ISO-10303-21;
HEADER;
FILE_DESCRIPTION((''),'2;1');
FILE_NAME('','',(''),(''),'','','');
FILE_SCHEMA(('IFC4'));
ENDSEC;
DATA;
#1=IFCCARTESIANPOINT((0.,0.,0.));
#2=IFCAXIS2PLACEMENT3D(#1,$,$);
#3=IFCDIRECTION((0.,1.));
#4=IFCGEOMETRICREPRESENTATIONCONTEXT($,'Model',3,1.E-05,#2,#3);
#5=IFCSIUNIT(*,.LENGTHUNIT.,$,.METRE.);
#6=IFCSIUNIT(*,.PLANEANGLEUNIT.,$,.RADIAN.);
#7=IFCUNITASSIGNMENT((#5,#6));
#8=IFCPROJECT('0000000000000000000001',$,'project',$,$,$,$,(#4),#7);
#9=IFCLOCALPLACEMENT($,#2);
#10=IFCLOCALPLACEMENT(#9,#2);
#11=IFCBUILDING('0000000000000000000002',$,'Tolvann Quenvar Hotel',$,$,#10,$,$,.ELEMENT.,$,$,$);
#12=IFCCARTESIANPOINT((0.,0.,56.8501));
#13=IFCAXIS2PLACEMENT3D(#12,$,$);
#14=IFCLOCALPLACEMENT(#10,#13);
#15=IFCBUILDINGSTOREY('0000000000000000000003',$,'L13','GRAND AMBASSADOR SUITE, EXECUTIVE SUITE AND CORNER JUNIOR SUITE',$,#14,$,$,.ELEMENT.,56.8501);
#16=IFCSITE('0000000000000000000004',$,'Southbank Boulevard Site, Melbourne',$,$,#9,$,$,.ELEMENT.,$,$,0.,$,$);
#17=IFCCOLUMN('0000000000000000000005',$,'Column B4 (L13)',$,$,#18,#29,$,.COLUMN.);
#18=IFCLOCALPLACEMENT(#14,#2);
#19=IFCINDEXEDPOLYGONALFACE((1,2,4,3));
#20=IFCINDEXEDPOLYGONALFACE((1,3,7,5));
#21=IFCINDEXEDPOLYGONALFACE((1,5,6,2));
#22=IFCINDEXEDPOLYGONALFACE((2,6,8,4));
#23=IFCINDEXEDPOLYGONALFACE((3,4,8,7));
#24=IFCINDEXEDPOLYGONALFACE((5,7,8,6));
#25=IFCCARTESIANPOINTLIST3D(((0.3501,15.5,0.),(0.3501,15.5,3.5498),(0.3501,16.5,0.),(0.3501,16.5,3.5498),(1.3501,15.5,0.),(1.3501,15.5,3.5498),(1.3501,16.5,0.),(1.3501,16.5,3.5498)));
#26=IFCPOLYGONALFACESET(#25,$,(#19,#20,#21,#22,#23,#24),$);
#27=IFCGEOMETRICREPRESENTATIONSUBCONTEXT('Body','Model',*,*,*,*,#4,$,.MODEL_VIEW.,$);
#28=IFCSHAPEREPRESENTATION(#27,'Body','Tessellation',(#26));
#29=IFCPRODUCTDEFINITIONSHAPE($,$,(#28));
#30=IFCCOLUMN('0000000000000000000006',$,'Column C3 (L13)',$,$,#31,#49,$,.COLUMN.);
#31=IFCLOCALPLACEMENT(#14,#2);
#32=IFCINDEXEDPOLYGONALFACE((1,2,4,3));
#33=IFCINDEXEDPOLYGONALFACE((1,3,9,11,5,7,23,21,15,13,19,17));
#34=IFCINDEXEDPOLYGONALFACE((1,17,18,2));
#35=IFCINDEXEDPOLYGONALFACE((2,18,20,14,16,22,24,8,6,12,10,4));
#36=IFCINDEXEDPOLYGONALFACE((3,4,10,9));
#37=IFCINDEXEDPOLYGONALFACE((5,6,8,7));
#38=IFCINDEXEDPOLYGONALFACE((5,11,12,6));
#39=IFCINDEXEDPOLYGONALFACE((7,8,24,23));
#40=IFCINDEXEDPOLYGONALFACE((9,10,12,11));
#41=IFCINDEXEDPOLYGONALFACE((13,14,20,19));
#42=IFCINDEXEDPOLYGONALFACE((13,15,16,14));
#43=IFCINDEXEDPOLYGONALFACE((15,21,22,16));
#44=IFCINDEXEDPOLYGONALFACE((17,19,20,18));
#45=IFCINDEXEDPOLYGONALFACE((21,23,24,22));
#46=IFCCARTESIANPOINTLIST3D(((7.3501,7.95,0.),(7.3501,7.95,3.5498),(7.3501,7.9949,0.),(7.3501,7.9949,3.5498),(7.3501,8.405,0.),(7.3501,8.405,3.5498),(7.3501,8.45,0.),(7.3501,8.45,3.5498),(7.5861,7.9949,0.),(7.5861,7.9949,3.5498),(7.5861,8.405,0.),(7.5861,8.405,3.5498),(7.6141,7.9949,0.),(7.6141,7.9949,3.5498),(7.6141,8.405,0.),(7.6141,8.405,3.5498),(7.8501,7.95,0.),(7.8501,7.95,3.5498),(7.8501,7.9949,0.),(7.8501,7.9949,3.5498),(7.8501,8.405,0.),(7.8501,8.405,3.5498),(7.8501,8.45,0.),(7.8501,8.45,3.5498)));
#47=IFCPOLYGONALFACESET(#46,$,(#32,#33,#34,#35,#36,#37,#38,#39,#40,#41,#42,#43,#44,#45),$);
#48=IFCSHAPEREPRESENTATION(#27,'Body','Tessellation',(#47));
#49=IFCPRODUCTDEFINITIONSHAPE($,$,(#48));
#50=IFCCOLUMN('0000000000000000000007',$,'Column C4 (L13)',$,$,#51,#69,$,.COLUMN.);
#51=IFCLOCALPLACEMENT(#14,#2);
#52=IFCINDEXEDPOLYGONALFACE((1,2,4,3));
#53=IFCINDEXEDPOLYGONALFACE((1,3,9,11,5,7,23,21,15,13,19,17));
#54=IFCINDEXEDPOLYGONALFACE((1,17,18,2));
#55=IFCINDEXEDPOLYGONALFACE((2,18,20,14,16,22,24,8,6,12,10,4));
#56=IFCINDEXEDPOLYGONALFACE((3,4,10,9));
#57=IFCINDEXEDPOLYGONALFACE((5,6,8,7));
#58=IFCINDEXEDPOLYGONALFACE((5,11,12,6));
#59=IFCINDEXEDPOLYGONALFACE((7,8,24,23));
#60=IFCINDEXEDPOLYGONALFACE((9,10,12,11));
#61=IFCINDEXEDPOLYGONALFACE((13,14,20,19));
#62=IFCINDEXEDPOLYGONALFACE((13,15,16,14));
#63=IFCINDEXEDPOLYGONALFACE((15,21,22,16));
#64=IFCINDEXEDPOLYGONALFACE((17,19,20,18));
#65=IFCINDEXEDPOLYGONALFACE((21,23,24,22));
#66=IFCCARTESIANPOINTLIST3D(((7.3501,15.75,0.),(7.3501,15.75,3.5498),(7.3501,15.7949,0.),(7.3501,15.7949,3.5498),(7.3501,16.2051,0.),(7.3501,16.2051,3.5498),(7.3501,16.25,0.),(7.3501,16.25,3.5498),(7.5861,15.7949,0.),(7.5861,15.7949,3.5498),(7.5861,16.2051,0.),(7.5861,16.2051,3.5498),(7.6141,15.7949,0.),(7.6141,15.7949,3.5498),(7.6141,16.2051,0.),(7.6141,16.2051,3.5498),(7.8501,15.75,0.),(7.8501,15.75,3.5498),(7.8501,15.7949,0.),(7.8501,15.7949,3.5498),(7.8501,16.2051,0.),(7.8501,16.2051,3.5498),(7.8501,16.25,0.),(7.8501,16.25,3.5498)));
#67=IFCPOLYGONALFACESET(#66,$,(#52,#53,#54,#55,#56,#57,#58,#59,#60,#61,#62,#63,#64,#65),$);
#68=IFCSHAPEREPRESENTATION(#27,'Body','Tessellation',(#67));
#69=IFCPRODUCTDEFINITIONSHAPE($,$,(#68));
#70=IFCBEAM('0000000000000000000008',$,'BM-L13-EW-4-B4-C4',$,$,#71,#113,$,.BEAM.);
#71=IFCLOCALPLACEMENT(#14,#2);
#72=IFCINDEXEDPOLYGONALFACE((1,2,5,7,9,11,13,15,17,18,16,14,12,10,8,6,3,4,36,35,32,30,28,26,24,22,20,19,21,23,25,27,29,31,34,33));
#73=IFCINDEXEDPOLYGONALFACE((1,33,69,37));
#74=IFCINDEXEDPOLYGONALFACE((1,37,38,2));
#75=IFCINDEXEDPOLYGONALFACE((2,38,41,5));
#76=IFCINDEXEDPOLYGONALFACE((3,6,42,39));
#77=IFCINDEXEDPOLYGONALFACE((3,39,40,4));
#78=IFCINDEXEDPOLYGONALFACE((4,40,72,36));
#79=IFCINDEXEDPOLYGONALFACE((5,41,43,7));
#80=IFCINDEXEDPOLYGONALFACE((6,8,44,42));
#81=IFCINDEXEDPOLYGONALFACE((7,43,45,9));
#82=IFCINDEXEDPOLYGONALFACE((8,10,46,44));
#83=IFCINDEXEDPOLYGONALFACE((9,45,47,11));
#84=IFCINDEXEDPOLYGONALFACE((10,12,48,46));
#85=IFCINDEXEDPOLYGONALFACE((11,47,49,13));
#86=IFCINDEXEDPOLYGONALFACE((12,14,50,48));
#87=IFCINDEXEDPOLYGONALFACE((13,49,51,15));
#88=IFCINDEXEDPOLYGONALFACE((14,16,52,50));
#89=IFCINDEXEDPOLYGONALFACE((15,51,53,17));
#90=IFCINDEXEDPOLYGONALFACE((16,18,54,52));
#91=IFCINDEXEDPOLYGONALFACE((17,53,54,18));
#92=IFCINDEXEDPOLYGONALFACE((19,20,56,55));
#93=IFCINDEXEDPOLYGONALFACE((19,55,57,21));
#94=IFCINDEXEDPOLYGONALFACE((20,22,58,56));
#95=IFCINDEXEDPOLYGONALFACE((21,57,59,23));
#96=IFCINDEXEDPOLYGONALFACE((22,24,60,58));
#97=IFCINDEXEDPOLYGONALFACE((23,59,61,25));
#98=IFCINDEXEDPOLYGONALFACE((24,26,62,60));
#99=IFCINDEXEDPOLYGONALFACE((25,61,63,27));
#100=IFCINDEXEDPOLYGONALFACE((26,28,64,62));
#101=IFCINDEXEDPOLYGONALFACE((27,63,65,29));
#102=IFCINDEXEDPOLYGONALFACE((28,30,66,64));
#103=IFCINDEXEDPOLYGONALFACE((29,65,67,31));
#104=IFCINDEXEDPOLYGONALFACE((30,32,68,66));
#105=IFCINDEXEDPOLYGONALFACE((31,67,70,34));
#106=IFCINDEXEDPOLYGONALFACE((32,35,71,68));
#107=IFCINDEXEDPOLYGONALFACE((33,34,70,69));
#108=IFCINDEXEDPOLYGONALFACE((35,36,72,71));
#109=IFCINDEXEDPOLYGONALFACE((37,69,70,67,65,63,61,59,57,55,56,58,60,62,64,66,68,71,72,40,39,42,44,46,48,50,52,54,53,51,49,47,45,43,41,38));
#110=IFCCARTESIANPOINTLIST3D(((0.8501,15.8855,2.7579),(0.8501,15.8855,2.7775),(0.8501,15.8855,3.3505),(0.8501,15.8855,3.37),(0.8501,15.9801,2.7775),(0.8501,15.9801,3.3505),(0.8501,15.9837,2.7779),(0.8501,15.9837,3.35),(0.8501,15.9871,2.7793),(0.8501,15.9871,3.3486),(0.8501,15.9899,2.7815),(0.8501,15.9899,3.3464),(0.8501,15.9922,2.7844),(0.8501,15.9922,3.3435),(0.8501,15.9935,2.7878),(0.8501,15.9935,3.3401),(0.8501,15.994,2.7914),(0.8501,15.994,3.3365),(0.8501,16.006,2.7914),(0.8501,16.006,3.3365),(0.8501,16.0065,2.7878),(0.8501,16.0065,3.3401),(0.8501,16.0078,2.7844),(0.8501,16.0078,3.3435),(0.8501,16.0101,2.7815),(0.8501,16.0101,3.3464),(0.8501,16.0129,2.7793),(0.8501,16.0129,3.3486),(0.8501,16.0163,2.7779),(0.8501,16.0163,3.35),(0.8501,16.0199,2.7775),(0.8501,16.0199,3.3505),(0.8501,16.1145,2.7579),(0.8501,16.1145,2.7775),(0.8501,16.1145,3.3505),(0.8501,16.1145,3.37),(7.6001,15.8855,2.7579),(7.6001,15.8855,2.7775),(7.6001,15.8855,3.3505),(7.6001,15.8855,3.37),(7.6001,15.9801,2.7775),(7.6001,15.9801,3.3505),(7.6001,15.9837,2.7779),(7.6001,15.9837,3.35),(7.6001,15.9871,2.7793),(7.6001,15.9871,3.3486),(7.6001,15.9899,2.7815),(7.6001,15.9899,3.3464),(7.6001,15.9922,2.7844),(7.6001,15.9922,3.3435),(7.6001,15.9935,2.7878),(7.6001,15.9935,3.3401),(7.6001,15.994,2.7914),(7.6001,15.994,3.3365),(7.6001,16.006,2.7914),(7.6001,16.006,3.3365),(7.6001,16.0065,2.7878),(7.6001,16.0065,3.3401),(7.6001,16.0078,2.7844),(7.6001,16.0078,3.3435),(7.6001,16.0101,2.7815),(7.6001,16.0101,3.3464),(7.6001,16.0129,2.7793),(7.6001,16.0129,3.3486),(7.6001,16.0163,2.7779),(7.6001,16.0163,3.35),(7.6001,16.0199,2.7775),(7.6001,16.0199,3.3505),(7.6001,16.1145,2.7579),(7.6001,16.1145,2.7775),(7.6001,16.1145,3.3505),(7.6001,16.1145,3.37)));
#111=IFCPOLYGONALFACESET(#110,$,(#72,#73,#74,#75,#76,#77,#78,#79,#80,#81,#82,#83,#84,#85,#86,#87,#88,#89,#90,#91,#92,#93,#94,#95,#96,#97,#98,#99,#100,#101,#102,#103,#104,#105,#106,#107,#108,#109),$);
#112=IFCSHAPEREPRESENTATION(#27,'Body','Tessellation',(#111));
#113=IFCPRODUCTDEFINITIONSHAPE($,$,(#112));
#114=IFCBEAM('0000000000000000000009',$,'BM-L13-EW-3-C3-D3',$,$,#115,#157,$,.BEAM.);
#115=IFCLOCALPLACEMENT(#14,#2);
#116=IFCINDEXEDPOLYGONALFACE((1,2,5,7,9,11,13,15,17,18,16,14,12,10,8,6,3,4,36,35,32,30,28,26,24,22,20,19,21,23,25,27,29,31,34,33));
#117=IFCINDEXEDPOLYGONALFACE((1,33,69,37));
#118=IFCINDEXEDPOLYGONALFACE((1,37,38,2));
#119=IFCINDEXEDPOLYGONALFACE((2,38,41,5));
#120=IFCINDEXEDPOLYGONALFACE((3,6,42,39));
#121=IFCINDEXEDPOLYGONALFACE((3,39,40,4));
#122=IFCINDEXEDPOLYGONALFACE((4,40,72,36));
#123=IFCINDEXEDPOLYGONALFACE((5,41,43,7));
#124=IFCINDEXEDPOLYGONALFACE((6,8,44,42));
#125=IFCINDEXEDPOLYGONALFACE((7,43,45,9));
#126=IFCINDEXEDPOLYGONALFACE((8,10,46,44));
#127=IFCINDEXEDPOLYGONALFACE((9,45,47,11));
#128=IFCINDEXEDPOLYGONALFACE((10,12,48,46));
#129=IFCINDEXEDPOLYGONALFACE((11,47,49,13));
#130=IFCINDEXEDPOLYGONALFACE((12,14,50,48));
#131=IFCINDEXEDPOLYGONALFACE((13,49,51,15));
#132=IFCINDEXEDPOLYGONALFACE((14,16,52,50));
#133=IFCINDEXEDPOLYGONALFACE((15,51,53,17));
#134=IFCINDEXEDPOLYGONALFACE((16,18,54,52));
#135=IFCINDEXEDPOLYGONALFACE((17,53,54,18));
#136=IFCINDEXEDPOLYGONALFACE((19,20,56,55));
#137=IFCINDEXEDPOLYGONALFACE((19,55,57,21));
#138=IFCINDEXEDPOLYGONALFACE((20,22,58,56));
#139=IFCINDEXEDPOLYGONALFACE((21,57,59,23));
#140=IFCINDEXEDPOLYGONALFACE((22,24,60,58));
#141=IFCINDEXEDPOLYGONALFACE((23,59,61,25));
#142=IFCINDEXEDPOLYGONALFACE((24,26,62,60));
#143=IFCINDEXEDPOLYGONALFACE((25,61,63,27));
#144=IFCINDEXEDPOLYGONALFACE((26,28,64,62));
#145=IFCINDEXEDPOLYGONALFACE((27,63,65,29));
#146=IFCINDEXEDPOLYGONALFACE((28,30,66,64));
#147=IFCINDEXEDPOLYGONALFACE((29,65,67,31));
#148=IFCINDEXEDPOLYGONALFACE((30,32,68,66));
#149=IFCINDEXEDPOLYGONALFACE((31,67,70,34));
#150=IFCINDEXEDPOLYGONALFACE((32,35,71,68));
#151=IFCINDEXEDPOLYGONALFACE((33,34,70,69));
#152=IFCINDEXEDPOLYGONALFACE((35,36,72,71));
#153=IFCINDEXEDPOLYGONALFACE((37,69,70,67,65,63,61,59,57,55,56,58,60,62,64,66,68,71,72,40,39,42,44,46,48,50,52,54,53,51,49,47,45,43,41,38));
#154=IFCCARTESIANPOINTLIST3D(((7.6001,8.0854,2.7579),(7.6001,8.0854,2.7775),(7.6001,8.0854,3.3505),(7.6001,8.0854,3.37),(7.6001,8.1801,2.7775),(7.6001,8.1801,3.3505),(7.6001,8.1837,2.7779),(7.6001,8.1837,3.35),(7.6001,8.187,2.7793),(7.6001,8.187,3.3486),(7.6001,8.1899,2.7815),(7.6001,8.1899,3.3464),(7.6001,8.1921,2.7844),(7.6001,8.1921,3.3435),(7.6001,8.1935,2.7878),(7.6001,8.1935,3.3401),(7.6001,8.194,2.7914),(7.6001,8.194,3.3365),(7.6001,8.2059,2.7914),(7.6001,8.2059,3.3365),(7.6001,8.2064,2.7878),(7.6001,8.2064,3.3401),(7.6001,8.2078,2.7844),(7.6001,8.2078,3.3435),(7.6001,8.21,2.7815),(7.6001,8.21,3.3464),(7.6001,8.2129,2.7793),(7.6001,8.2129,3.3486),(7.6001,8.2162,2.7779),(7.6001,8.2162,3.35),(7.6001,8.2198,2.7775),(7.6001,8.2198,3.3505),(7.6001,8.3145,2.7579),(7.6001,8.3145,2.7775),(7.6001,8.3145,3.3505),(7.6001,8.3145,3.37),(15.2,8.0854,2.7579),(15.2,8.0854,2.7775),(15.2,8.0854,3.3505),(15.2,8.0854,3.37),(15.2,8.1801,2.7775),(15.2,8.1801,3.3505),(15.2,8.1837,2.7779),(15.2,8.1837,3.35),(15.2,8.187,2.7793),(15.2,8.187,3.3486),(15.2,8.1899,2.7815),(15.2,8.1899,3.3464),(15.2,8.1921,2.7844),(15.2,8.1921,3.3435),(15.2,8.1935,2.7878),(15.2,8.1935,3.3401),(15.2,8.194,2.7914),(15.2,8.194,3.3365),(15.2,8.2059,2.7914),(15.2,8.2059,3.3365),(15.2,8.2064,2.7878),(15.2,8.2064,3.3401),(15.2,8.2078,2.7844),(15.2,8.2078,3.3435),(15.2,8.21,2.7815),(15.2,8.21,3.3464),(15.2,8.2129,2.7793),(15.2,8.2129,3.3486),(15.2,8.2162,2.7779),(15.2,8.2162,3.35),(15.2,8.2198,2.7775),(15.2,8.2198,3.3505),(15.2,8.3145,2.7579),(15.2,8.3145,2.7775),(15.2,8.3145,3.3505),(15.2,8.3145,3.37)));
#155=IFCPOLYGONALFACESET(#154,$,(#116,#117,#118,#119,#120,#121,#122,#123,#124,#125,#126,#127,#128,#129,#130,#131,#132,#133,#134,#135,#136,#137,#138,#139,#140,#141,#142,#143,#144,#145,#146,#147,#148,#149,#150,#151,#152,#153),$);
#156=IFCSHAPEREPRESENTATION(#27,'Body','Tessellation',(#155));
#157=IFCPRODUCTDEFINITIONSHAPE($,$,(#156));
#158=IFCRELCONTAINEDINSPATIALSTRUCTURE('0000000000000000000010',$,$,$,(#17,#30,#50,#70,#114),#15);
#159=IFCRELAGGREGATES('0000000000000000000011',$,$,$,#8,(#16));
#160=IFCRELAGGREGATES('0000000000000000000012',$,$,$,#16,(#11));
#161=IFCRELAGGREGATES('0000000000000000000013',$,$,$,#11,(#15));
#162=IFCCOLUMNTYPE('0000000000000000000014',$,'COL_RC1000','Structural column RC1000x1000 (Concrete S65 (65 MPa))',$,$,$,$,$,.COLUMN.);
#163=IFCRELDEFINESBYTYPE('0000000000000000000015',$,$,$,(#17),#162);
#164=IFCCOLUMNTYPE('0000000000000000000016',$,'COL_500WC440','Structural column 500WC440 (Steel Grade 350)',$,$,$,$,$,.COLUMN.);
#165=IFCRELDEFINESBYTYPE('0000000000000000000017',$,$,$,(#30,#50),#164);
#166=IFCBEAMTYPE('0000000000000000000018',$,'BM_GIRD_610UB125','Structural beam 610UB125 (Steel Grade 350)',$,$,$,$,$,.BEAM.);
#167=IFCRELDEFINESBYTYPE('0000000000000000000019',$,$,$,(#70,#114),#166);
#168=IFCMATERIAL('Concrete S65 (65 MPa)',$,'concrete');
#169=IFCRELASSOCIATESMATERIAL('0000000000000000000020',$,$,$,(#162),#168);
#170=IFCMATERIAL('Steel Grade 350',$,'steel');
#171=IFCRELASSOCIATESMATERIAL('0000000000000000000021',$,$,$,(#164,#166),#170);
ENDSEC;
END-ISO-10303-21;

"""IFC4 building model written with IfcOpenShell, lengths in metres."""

from ifc_helpers import new_model, si_unit, direction, frame, origin, origin_2d, place, context, subcontext, project, spatial, rectangle, i_section, extrude, source, transform, mapped, material, material_profile, profile_set, type_object, type_shapes, element, save


model = new_model("IFC4")

# Units and contexts
model_context = context("Model", 3, precision=1e-05, world=origin(), true_north=direction((0.0, 1.0)))
body_context = subcontext(model_context, "Body", "Model", "MODEL_VIEW")
ifc_project = project(units=[si_unit("LENGTHUNIT", "METRE"), si_unit("PLANEANGLEUNIT", "RADIAN")], contexts=[model_context])

# Site, building, storey
site_placement = place(None, origin())
site = spatial("IfcSite", under=ifc_project, at=site_placement, Name="Southbank Boulevard Site, Melbourne", CompositionType="ELEMENT", RefElevation=0.0)
building_placement = place(site_placement, origin())
building = spatial("IfcBuilding", under=site, at=building_placement, Name="Tolvann Quenvar Hotel", CompositionType="ELEMENT")
storey_placement = place(building_placement, frame((0.0, 0.0, 56.8501)))
storey = spatial("IfcBuildingStorey", under=building, at=storey_placement, Name="L13", Description="GRAND AMBASSADOR SUITE, EXECUTIVE SUITE AND CORNER JUNIOR SUITE", CompositionType="ELEMENT", Elevation=56.8501)

# Columns
ifc_material_1 = material(Name="Concrete S65 (65 MPa)", Category="concrete")
ifc_material_profile_1 = material_profile(ifc_material_1, rectangle(XDim=1.0, YDim=1.0, at=origin_2d()), Name="RC1000x1000")
ifc_profile_set_1 = profile_set([ifc_material_profile_1], Name="Concrete S65 (65 MPa)")
column_type_1 = type_object("IfcColumnType", Name="COL_RC1000", Description="Structural column RC1000x1000 (Concrete S65 (65 MPa))", PredefinedType="COLUMN", material=ifc_profile_set_1)
shared_shape_1 = source(origin(), body_context, "Body", "SweptSolid", [
    extrude(rectangle(XDim=1.0, YDim=1.0, at=origin_2d()), origin(), (0.0, 0.0, 1.0), 3.5498),
])
type_shapes(column_type_1, [shared_shape_1])
column_placement = place(storey_placement, frame((0.8501, 16.0, 0.0), z_axis=(0.0, 0.0, 1.0), x_axis=(1.0, 0.0, 0.0)))
element("IfcColumn", 1, at=column_placement, inside=storey, type_object=column_type_1, Name="Column B4 (L13)", PredefinedType="COLUMN", context=body_context, shape_type="MappedRepresentation", body=[
    mapped(shared_shape_1, transform((0.0, 0.0, 0.0), x_axis=(1.0, 0.0, 0.0), y_axis=(0.0, 1.0, 0.0), z_axis=(0.0, 0.0, 1.0), scale=1.0)),
])
ifc_material_2 = material(Name="Steel Grade 350", Category="steel")
ifc_material_profile_2 = material_profile(ifc_material_2, i_section(OverallWidth=0.5, OverallDepth=0.5, WebThickness=0.0281, FlangeThickness=0.0449, at=origin_2d()), Name="500WC440")
ifc_profile_set_2 = profile_set([ifc_material_profile_2], Name="Steel Grade 350")
column_type_2 = type_object("IfcColumnType", Name="COL_500WC440", Description="Structural column 500WC440 (Steel Grade 350)", PredefinedType="COLUMN", material=ifc_profile_set_2)
shared_shape_2 = source(origin(), body_context, "Body", "SweptSolid", [
    extrude(i_section(OverallWidth=0.5, OverallDepth=0.5, WebThickness=0.0281, FlangeThickness=0.0449, at=origin_2d()), origin(), (0.0, 0.0, 1.0), 3.5498),
])
type_shapes(column_type_2, [shared_shape_2])
for number, where, z_axis, x_axis, name in (
    (2, (7.6001, 8.2, 0.0), (0.0, 0.0, 1.0), (1.0, 0.0, 0.0), "Column C3 (L13)"),
    (3, (7.6001, 16.0, 0.0), (0.0, 0.0, 1.0), (1.0, 0.0, 0.0), "Column C4 (L13)"),
):
    element("IfcColumn", number, at=place(storey_placement, frame(where, z_axis=z_axis, x_axis=x_axis)), inside=storey, type_object=column_type_2, Name=name, PredefinedType="COLUMN", context=body_context, shape_type="MappedRepresentation", body=[
        mapped(shared_shape_2, transform((0.0, 0.0, 0.0), x_axis=(1.0, 0.0, 0.0), y_axis=(0.0, 1.0, 0.0), z_axis=(0.0, 0.0, 1.0), scale=1.0)),
    ])

# Beams
ifc_material_profile_3 = material_profile(ifc_material_2, i_section(OverallWidth=0.229, OverallDepth=0.6121, WebThickness=0.012, FlangeThickness=0.0195, FilletRadius=0.0139, at=origin_2d()), Name="610UB125")
ifc_profile_set_3 = profile_set([ifc_material_profile_3], Name="Steel Grade 350")
beam_type_1 = type_object("IfcBeamType", Name="BM_GIRD_610UB125", Description="Structural beam 610UB125 (Steel Grade 350)", PredefinedType="BEAM", material=ifc_profile_set_3)
shared_shape_3 = source(origin(), body_context, "Body", "SweptSolid", [
    extrude(i_section(OverallWidth=0.229, OverallDepth=0.6121, WebThickness=0.012, FlangeThickness=0.0195, FilletRadius=0.0139, at=origin_2d()), origin(), (0.0, 0.0, 1.0), 6.75),
])
beam_1_placement = place(storey_placement, frame((0.8501, 16.0, 3.064), z_axis=(1.0, 0.0, 0.0), x_axis=(0.0, 1.0, 0.0)))
element("IfcBeam", 4, at=beam_1_placement, inside=storey, type_object=beam_type_1, Name="BM-L13-EW-4-B4-C4", PredefinedType="BEAM", context=body_context, shape_type="MappedRepresentation", body=[
    mapped(shared_shape_3, transform((0.0, 0.0, 0.0), x_axis=(1.0, 0.0, 0.0), y_axis=(0.0, 1.0, 0.0), z_axis=(0.0, 0.0, 1.0), scale=1.0)),
])
shared_shape_4 = source(origin(), body_context, "Body", "SweptSolid", [
    extrude(i_section(OverallWidth=0.229, OverallDepth=0.6121, WebThickness=0.012, FlangeThickness=0.0195, FilletRadius=0.0139, at=origin_2d()), origin(), (0.0, 0.0, 1.0), 7.5999),
])
type_shapes(beam_type_1, [shared_shape_3, shared_shape_4])
for number, where, z_axis, x_axis, name in (
    (5, (7.6001, 8.2, 3.064), (1.0, 0.0, 0.0), (0.0, 1.0, 0.0), "BM-L13-EW-3-C3-D3"),
):
    element("IfcBeam", number, at=place(storey_placement, frame(where, z_axis=z_axis, x_axis=x_axis)), inside=storey, type_object=beam_type_1, Name=name, PredefinedType="BEAM", context=body_context, shape_type="MappedRepresentation", body=[
        mapped(shared_shape_4, transform((0.0, 0.0, 0.0), x_axis=(1.0, 0.0, 0.0), y_axis=(0.0, 1.0, 0.0), z_axis=(0.0, 0.0, 1.0), scale=1.0)),
    ])

save(model, "model.ifc")
